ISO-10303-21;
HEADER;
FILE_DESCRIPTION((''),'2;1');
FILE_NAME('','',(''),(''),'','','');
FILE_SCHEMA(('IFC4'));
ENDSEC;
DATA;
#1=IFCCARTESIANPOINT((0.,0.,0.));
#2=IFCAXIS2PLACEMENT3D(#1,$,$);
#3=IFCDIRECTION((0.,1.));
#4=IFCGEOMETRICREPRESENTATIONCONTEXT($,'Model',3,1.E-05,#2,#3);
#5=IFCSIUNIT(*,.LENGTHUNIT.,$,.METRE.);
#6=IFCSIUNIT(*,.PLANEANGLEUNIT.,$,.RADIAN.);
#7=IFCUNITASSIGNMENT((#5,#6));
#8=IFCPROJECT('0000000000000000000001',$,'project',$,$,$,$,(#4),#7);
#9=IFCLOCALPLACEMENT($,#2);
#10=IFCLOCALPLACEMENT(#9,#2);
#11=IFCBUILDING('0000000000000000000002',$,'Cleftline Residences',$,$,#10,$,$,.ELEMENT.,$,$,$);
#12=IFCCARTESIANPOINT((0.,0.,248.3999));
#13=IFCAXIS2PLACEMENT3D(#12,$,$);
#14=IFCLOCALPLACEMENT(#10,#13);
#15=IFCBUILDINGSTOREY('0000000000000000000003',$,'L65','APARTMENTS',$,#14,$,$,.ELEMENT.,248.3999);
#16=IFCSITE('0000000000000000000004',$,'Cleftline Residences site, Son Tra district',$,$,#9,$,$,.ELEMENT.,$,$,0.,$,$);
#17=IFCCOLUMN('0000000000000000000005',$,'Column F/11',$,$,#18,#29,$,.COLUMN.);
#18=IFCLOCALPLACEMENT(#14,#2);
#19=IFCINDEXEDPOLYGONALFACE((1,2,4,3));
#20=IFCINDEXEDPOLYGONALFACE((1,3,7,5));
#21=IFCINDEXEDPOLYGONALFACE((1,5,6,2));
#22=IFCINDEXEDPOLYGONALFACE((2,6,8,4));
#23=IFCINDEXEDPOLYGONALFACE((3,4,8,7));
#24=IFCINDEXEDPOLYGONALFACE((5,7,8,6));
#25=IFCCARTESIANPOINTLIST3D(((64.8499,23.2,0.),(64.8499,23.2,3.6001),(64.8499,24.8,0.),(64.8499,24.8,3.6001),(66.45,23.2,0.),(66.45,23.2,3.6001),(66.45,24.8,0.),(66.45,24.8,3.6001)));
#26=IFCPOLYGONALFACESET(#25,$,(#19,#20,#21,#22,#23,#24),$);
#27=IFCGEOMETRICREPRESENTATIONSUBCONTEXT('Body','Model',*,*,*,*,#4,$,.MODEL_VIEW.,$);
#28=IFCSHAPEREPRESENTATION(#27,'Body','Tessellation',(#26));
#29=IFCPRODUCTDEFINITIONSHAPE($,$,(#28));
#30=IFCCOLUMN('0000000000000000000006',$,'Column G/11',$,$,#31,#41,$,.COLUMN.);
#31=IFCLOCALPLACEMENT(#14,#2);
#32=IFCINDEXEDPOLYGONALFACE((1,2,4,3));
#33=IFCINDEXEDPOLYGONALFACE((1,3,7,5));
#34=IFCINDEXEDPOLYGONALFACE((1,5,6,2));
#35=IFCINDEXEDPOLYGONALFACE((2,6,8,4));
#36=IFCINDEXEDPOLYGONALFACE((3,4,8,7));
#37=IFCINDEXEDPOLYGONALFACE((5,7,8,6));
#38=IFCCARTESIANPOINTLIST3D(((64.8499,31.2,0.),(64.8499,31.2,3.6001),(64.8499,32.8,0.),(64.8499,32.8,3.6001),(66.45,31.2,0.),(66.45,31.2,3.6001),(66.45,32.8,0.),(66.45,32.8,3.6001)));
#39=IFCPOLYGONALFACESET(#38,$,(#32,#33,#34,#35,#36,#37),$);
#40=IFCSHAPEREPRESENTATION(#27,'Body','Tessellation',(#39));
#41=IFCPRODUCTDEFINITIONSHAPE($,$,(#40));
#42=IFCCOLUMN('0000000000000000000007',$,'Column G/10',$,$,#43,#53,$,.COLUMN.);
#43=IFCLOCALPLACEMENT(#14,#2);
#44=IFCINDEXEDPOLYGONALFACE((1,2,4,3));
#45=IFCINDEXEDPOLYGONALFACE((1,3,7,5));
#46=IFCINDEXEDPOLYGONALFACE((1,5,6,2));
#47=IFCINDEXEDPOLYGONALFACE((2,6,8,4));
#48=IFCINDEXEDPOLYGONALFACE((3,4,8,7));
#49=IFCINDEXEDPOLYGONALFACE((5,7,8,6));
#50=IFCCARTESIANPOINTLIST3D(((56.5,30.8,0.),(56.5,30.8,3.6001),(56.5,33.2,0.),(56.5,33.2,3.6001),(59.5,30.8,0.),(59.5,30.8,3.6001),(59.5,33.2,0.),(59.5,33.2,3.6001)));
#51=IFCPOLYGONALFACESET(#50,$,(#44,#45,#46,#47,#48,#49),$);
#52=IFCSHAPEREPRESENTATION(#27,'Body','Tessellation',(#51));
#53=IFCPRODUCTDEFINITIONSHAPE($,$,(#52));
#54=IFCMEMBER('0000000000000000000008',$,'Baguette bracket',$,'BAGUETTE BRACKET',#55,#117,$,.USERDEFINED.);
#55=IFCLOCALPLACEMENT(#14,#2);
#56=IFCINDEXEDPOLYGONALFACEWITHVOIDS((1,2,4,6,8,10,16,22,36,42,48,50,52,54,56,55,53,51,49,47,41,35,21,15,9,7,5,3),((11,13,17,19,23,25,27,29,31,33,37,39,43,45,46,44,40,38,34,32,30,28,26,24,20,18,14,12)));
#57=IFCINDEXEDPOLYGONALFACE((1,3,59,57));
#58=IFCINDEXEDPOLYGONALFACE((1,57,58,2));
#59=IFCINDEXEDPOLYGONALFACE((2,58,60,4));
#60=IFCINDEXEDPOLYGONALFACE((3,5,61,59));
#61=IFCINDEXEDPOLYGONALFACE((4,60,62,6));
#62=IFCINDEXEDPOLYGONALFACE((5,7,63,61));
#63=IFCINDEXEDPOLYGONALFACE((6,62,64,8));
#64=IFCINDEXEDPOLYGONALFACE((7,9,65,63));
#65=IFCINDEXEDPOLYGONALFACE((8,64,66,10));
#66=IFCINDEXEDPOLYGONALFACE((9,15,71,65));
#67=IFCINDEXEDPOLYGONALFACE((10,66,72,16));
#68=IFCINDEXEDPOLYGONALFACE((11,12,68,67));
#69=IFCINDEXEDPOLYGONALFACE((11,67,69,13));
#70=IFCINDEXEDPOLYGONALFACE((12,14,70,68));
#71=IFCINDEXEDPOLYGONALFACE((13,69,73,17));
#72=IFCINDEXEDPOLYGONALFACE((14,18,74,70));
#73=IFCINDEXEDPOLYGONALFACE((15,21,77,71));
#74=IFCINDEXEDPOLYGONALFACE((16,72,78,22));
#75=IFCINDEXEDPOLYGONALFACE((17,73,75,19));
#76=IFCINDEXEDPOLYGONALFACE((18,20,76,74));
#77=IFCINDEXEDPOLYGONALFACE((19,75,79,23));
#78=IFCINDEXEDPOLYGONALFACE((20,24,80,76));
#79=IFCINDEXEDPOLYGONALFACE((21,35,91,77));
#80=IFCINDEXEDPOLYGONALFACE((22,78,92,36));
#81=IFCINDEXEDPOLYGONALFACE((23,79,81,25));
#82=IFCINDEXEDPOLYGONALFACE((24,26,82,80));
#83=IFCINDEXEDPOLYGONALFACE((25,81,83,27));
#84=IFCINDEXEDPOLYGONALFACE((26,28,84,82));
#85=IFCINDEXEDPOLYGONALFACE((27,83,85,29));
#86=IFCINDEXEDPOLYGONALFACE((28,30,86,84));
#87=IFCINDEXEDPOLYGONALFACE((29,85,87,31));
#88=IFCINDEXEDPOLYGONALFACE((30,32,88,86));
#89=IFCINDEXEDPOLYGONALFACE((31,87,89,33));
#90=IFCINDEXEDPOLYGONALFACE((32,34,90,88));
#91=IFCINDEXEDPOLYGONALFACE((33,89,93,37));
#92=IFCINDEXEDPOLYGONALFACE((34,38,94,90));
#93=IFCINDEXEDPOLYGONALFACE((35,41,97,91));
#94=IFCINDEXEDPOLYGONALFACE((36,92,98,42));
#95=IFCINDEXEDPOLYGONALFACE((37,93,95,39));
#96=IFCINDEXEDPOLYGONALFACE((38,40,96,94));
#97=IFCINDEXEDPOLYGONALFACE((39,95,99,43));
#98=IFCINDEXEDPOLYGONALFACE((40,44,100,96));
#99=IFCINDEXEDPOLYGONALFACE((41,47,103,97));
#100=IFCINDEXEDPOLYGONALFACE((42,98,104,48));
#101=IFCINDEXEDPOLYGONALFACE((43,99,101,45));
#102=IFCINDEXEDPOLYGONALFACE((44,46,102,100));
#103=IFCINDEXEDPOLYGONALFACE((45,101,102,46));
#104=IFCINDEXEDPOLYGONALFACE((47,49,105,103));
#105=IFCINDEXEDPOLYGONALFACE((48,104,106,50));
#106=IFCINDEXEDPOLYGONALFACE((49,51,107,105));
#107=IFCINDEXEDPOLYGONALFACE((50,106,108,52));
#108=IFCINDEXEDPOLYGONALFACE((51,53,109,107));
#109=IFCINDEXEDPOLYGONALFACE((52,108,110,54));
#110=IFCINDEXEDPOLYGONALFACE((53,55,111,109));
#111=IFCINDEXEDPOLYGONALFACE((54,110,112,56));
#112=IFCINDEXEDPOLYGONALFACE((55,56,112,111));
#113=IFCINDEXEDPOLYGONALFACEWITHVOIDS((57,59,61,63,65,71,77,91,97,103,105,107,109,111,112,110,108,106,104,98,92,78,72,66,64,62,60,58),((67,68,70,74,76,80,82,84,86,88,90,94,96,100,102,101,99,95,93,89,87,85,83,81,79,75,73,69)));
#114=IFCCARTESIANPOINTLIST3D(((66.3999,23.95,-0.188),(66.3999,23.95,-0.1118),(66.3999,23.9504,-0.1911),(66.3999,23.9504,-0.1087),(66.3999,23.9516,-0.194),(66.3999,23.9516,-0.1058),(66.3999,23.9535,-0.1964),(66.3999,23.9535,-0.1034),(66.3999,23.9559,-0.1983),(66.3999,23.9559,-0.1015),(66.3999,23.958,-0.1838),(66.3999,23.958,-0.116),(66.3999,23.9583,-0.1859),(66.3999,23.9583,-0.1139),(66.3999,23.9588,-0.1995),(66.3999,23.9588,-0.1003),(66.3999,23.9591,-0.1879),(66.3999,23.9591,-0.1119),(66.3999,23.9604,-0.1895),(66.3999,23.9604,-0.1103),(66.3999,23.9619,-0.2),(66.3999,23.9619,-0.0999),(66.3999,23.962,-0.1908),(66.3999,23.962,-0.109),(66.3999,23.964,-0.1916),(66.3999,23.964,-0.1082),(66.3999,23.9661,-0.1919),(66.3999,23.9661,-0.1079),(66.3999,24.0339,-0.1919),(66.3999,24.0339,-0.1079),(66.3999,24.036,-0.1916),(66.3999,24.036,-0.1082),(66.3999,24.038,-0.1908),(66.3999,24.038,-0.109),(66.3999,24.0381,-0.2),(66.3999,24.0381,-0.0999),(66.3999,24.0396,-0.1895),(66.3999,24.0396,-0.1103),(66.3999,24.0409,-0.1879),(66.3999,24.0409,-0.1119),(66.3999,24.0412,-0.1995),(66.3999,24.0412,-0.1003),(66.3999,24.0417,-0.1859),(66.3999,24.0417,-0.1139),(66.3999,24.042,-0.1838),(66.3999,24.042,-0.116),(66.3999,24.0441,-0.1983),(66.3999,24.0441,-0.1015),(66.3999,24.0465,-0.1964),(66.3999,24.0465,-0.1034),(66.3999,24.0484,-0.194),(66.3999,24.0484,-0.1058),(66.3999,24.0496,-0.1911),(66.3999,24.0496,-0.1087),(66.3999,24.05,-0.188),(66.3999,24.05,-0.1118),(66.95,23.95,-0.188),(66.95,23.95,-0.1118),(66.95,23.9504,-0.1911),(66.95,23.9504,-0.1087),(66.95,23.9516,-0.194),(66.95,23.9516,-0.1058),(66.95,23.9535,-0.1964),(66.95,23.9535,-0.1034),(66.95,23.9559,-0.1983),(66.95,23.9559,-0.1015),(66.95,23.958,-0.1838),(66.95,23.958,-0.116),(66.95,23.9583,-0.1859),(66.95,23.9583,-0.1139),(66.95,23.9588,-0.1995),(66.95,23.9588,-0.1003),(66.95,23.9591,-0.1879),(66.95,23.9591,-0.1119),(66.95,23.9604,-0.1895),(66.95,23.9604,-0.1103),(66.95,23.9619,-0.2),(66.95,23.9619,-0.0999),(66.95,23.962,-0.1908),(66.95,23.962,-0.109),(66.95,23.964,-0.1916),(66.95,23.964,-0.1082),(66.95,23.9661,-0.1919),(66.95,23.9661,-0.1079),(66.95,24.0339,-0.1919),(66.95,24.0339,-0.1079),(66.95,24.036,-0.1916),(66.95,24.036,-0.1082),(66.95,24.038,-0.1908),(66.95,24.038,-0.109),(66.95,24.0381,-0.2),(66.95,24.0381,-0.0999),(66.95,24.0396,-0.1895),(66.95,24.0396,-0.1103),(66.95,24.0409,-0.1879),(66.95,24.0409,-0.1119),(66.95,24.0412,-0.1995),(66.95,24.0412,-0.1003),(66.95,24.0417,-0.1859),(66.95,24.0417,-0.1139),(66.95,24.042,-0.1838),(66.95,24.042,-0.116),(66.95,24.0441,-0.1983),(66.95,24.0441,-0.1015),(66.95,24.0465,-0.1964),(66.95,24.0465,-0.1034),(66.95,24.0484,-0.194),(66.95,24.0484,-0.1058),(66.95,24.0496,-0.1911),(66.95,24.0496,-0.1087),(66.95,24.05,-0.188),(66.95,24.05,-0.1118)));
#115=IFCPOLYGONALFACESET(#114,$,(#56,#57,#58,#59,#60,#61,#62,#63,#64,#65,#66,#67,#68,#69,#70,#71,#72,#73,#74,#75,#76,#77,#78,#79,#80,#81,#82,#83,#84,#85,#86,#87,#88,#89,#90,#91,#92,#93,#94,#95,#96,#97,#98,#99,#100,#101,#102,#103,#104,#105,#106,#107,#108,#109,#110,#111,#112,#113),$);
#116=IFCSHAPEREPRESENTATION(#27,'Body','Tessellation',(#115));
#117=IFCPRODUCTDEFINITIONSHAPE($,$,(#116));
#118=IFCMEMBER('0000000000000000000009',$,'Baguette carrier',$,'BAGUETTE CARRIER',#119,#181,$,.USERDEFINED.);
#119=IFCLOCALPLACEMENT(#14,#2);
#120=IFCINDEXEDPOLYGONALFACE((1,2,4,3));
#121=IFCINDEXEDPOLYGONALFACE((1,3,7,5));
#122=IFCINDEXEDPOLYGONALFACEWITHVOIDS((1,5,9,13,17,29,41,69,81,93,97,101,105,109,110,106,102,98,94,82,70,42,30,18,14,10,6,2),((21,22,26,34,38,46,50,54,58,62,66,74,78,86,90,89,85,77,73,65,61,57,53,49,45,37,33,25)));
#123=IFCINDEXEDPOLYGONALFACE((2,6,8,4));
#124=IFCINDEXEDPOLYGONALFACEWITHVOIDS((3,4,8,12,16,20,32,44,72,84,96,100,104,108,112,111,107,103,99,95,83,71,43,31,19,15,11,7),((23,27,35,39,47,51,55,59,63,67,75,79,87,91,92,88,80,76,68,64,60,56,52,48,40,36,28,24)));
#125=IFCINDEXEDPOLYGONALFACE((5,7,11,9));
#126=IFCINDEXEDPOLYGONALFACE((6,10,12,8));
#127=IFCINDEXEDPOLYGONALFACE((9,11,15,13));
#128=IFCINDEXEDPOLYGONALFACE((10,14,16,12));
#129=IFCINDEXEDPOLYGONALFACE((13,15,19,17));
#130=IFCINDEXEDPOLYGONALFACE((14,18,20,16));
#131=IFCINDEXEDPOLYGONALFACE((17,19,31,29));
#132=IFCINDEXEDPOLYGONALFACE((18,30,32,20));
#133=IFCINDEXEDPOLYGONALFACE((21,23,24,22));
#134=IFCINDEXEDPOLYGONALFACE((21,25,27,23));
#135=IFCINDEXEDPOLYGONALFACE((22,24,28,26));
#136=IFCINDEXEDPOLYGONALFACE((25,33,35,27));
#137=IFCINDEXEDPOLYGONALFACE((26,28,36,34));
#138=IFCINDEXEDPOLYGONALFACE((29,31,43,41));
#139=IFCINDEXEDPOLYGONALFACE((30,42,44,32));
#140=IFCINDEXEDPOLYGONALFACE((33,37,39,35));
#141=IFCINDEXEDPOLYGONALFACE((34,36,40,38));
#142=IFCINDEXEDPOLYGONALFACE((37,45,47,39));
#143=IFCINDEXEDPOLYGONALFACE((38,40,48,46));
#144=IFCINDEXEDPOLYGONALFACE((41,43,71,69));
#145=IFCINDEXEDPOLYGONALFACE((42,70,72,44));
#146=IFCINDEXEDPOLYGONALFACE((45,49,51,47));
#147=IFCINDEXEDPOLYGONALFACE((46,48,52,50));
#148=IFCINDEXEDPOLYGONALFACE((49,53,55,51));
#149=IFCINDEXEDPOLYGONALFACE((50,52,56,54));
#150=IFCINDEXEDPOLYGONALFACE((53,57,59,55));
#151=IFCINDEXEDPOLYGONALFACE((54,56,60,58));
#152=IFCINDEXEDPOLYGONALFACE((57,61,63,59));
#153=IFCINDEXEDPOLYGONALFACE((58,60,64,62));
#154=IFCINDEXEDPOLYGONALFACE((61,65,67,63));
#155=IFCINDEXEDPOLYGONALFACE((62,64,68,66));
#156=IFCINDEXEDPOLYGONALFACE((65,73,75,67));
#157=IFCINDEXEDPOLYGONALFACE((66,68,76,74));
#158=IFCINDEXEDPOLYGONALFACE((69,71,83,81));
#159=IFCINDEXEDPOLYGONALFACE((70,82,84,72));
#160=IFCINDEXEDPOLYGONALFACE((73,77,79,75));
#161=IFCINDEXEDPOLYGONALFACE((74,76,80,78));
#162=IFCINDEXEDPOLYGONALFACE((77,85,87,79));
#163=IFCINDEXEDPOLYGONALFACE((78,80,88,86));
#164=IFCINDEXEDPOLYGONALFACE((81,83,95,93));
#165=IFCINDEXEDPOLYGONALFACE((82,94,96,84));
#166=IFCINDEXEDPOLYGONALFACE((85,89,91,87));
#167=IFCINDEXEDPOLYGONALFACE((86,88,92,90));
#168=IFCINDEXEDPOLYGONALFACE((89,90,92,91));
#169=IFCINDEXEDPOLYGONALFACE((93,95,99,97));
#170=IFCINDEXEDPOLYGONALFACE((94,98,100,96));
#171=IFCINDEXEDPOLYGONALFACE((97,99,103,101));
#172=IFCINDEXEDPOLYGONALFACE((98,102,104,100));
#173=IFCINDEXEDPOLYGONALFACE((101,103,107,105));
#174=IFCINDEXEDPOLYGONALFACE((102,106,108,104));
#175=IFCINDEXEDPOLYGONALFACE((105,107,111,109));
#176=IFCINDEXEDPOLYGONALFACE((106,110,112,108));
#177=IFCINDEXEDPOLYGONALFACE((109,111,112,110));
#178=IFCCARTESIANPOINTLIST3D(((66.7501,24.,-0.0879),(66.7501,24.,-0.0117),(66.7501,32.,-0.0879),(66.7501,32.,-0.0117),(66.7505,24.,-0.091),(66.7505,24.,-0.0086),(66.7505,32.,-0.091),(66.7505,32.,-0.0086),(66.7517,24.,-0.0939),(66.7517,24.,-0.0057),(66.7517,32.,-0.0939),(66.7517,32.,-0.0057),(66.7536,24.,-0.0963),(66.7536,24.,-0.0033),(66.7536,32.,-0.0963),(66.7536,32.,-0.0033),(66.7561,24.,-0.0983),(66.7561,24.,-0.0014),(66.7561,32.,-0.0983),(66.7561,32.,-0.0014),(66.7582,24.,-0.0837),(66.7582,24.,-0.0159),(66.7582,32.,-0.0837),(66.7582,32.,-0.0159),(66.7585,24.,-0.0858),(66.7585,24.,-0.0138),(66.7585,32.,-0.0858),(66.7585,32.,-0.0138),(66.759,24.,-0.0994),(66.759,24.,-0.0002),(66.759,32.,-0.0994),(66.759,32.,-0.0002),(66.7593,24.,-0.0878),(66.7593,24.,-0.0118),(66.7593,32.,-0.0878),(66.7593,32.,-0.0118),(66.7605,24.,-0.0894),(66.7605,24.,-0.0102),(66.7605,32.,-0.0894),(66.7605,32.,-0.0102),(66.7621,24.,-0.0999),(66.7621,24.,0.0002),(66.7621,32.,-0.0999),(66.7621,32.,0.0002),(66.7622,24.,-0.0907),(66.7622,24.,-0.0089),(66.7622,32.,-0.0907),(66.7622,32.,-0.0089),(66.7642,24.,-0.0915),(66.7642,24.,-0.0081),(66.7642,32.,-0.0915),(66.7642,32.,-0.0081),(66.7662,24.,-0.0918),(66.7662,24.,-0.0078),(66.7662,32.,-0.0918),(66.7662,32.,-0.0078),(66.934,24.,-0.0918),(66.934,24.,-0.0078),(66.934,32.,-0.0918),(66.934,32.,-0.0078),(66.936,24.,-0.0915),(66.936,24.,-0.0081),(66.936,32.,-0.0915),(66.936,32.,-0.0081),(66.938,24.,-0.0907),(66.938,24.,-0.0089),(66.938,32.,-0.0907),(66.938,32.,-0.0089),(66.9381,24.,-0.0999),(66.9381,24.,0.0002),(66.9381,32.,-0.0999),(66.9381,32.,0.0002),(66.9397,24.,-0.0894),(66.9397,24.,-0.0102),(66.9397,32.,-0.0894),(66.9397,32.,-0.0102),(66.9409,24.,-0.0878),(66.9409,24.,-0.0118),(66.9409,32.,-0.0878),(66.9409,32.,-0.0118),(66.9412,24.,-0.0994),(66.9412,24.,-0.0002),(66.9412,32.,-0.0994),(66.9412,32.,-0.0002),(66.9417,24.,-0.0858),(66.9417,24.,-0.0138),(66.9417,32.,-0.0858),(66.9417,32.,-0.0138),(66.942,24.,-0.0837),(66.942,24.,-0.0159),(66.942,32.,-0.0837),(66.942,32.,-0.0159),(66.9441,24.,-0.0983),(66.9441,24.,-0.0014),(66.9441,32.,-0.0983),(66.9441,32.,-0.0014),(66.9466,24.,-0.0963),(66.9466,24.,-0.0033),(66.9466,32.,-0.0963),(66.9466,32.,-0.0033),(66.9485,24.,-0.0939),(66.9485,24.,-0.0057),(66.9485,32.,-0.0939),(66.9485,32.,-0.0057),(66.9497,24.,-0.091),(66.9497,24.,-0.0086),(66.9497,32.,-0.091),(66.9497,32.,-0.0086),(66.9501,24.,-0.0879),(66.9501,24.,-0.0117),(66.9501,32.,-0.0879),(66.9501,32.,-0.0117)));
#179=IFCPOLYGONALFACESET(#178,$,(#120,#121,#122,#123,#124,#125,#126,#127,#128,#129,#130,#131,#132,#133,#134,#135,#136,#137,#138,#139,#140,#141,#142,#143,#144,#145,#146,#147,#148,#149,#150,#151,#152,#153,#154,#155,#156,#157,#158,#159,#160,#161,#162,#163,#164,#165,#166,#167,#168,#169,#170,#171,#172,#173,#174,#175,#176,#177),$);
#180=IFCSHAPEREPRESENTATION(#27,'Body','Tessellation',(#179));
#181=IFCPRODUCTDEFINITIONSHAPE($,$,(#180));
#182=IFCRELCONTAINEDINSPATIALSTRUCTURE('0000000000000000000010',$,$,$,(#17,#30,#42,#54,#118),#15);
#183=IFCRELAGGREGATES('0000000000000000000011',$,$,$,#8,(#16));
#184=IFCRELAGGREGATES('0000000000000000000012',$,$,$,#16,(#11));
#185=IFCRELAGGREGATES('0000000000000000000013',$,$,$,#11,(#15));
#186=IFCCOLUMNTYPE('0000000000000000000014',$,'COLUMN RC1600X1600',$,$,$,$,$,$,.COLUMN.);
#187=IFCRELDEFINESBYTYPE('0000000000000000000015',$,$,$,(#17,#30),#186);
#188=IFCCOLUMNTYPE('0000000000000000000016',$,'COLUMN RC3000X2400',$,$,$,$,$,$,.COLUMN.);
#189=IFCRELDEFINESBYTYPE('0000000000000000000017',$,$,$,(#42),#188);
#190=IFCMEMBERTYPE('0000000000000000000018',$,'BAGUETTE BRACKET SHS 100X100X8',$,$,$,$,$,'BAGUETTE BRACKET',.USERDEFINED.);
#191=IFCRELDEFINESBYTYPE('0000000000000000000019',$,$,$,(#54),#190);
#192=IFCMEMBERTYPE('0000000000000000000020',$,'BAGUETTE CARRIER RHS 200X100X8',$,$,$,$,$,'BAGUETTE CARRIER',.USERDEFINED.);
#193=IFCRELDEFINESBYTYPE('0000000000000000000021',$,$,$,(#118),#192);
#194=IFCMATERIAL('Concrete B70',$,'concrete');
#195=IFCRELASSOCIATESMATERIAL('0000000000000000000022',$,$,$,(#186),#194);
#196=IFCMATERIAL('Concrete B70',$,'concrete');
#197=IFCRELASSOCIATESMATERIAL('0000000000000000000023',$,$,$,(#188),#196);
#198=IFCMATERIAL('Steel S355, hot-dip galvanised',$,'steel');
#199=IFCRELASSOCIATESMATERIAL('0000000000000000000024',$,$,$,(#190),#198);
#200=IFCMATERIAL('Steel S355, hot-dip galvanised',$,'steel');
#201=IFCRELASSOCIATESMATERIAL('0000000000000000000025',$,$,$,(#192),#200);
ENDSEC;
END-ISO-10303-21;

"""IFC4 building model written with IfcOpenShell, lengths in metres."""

from ifc_helpers import new_model, si_unit, direction, frame, origin, origin_2d, place, context, subcontext, project, spatial, rectangle, hollow_rectangle, extrude, material, material_profile, profile_set, type_object, element, save


model = new_model("IFC4")

# Units and contexts
model_context = context("Model", 3, precision=1e-05, world=origin(), true_north=direction((0.0, 1.0)))
body_context = subcontext(model_context, "Body", "Model", "MODEL_VIEW")
ifc_project = project(units=[si_unit("LENGTHUNIT", "METRE"), si_unit("PLANEANGLEUNIT", "RADIAN")], contexts=[model_context])

# Site, building, storey
site_placement = place(None, origin())
site = spatial("IfcSite", under=ifc_project, at=site_placement, Name="Cleftline Residences site, Son Tra district", CompositionType="ELEMENT", RefElevation=0.0)
building_placement = place(site_placement, origin())
building = spatial("IfcBuilding", under=site, at=building_placement, Name="Cleftline Residences", CompositionType="ELEMENT")
storey_placement = place(building_placement, frame((0.0, 0.0, 248.3999)))
storey = spatial("IfcBuildingStorey", under=building, at=storey_placement, Name="L65", Description="APARTMENTS", CompositionType="ELEMENT", Elevation=248.3999)

# Columns
ifc_material_1 = material(Name="Concrete B70", Category="concrete")
ifc_material_profile_1 = material_profile(ifc_material_1, rectangle(XDim=1.6001, YDim=1.6001, at=origin_2d()))
ifc_profile_set_1 = profile_set([ifc_material_profile_1], Name="Concrete B70")
column_type_1 = type_object("IfcColumnType", Name="COLUMN RC1600X1600", PredefinedType="COLUMN", material=ifc_profile_set_1)
for number, where, z_axis, x_axis, name in (
    (1, (65.6499, 24.0, 0.0), (0.0, 0.0, 1.0), (1.0, 0.0, 0.0), "Column F/11"),
    (2, (65.6499, 32.0, 0.0), (0.0, 0.0, 1.0), (1.0, 0.0, 0.0), "Column G/11"),
):
    element("IfcColumn", number, at=place(storey_placement, frame(where, z_axis=z_axis, x_axis=x_axis)), inside=storey, type_object=column_type_1, Name=name, PredefinedType="COLUMN", context=body_context, shape_type="SweptSolid", body=[
        extrude(rectangle(XDim=1.6001, YDim=1.6001, at=origin_2d()), origin(), (0.0, 0.0, 1.0), 3.6001),
    ])
ifc_material_2 = material(Name="Concrete B70", Category="concrete")
ifc_material_profile_2 = material_profile(ifc_material_2, rectangle(XDim=3.0, YDim=2.3999, at=origin_2d()))
ifc_profile_set_2 = profile_set([ifc_material_profile_2], Name="Concrete B70")
column_type_2 = type_object("IfcColumnType", Name="COLUMN RC3000X2400", PredefinedType="COLUMN", material=ifc_profile_set_2)
column_placement = place(storey_placement, frame((58.0, 32.0, 0.0), z_axis=(0.0, 0.0, 1.0), x_axis=(1.0, 0.0, 0.0)))
element("IfcColumn", 3, at=column_placement, inside=storey, type_object=column_type_2, Name="Column G/10", PredefinedType="COLUMN", context=body_context, shape_type="SweptSolid", body=[
    extrude(rectangle(XDim=3.0, YDim=2.3999, at=origin_2d()), origin(), (0.0, 0.0, 1.0), 3.6001),
])

# Members
ifc_material_3 = material(Name="Steel S355, hot-dip galvanised", Category="steel")
ifc_material_profile_3 = material_profile(ifc_material_3, hollow_rectangle(XDim=0.1001, YDim=0.1001, WallThickness=0.0081, InnerFilletRadius=0.0081, OuterFilletRadius=0.012, at=origin_2d()))
ifc_profile_set_3 = profile_set([ifc_material_profile_3], Name="Steel S355, hot-dip galvanised")
member_type_1 = type_object("IfcMemberType", Name="BAGUETTE BRACKET SHS 100X100X8", ElementType="BAGUETTE BRACKET", PredefinedType="USERDEFINED", material=ifc_profile_set_3)
member_1_placement = place(storey_placement, frame((66.3999, 24.0, -0.1499), z_axis=(1.0, 0.0, 0.0), x_axis=(0.0, 1.0, 0.0)))
element("IfcMember", 4, at=member_1_placement, inside=storey, type_object=member_type_1, Name="Baguette bracket", ObjectType="BAGUETTE BRACKET", PredefinedType="USERDEFINED", context=body_context, shape_type="SweptSolid", body=[
    extrude(hollow_rectangle(XDim=0.1001, YDim=0.1001, WallThickness=0.0081, InnerFilletRadius=0.0081, OuterFilletRadius=0.012, at=origin_2d()), origin(), (0.0, 0.0, 1.0), 0.55),
])
ifc_material_4 = material(Name="Steel S355, hot-dip galvanised", Category="steel")
ifc_material_profile_4 = material_profile(ifc_material_4, hollow_rectangle(XDim=0.1001, YDim=0.2, WallThickness=0.0081, InnerFilletRadius=0.0081, OuterFilletRadius=0.012, at=origin_2d()))
ifc_profile_set_4 = profile_set([ifc_material_profile_4], Name="Steel S355, hot-dip galvanised")
member_type_2 = type_object("IfcMemberType", Name="BAGUETTE CARRIER RHS 200X100X8", ElementType="BAGUETTE CARRIER", PredefinedType="USERDEFINED", material=ifc_profile_set_4)
member_2_placement = place(storey_placement, frame((66.8501, 24.0, -0.0498), z_axis=(0.0, 1.0, 0.0), x_axis=(0.0, 0.0, 1.0)))
element("IfcMember", 5, at=member_2_placement, inside=storey, type_object=member_type_2, Name="Baguette carrier", ObjectType="BAGUETTE CARRIER", PredefinedType="USERDEFINED", context=body_context, shape_type="SweptSolid", body=[
    extrude(hollow_rectangle(XDim=0.1001, YDim=0.2, WallThickness=0.0081, InnerFilletRadius=0.0081, OuterFilletRadius=0.012, at=origin_2d()), origin(), (0.0, 0.0, 1.0), 8.0),
])

save(model, "model.ifc")
